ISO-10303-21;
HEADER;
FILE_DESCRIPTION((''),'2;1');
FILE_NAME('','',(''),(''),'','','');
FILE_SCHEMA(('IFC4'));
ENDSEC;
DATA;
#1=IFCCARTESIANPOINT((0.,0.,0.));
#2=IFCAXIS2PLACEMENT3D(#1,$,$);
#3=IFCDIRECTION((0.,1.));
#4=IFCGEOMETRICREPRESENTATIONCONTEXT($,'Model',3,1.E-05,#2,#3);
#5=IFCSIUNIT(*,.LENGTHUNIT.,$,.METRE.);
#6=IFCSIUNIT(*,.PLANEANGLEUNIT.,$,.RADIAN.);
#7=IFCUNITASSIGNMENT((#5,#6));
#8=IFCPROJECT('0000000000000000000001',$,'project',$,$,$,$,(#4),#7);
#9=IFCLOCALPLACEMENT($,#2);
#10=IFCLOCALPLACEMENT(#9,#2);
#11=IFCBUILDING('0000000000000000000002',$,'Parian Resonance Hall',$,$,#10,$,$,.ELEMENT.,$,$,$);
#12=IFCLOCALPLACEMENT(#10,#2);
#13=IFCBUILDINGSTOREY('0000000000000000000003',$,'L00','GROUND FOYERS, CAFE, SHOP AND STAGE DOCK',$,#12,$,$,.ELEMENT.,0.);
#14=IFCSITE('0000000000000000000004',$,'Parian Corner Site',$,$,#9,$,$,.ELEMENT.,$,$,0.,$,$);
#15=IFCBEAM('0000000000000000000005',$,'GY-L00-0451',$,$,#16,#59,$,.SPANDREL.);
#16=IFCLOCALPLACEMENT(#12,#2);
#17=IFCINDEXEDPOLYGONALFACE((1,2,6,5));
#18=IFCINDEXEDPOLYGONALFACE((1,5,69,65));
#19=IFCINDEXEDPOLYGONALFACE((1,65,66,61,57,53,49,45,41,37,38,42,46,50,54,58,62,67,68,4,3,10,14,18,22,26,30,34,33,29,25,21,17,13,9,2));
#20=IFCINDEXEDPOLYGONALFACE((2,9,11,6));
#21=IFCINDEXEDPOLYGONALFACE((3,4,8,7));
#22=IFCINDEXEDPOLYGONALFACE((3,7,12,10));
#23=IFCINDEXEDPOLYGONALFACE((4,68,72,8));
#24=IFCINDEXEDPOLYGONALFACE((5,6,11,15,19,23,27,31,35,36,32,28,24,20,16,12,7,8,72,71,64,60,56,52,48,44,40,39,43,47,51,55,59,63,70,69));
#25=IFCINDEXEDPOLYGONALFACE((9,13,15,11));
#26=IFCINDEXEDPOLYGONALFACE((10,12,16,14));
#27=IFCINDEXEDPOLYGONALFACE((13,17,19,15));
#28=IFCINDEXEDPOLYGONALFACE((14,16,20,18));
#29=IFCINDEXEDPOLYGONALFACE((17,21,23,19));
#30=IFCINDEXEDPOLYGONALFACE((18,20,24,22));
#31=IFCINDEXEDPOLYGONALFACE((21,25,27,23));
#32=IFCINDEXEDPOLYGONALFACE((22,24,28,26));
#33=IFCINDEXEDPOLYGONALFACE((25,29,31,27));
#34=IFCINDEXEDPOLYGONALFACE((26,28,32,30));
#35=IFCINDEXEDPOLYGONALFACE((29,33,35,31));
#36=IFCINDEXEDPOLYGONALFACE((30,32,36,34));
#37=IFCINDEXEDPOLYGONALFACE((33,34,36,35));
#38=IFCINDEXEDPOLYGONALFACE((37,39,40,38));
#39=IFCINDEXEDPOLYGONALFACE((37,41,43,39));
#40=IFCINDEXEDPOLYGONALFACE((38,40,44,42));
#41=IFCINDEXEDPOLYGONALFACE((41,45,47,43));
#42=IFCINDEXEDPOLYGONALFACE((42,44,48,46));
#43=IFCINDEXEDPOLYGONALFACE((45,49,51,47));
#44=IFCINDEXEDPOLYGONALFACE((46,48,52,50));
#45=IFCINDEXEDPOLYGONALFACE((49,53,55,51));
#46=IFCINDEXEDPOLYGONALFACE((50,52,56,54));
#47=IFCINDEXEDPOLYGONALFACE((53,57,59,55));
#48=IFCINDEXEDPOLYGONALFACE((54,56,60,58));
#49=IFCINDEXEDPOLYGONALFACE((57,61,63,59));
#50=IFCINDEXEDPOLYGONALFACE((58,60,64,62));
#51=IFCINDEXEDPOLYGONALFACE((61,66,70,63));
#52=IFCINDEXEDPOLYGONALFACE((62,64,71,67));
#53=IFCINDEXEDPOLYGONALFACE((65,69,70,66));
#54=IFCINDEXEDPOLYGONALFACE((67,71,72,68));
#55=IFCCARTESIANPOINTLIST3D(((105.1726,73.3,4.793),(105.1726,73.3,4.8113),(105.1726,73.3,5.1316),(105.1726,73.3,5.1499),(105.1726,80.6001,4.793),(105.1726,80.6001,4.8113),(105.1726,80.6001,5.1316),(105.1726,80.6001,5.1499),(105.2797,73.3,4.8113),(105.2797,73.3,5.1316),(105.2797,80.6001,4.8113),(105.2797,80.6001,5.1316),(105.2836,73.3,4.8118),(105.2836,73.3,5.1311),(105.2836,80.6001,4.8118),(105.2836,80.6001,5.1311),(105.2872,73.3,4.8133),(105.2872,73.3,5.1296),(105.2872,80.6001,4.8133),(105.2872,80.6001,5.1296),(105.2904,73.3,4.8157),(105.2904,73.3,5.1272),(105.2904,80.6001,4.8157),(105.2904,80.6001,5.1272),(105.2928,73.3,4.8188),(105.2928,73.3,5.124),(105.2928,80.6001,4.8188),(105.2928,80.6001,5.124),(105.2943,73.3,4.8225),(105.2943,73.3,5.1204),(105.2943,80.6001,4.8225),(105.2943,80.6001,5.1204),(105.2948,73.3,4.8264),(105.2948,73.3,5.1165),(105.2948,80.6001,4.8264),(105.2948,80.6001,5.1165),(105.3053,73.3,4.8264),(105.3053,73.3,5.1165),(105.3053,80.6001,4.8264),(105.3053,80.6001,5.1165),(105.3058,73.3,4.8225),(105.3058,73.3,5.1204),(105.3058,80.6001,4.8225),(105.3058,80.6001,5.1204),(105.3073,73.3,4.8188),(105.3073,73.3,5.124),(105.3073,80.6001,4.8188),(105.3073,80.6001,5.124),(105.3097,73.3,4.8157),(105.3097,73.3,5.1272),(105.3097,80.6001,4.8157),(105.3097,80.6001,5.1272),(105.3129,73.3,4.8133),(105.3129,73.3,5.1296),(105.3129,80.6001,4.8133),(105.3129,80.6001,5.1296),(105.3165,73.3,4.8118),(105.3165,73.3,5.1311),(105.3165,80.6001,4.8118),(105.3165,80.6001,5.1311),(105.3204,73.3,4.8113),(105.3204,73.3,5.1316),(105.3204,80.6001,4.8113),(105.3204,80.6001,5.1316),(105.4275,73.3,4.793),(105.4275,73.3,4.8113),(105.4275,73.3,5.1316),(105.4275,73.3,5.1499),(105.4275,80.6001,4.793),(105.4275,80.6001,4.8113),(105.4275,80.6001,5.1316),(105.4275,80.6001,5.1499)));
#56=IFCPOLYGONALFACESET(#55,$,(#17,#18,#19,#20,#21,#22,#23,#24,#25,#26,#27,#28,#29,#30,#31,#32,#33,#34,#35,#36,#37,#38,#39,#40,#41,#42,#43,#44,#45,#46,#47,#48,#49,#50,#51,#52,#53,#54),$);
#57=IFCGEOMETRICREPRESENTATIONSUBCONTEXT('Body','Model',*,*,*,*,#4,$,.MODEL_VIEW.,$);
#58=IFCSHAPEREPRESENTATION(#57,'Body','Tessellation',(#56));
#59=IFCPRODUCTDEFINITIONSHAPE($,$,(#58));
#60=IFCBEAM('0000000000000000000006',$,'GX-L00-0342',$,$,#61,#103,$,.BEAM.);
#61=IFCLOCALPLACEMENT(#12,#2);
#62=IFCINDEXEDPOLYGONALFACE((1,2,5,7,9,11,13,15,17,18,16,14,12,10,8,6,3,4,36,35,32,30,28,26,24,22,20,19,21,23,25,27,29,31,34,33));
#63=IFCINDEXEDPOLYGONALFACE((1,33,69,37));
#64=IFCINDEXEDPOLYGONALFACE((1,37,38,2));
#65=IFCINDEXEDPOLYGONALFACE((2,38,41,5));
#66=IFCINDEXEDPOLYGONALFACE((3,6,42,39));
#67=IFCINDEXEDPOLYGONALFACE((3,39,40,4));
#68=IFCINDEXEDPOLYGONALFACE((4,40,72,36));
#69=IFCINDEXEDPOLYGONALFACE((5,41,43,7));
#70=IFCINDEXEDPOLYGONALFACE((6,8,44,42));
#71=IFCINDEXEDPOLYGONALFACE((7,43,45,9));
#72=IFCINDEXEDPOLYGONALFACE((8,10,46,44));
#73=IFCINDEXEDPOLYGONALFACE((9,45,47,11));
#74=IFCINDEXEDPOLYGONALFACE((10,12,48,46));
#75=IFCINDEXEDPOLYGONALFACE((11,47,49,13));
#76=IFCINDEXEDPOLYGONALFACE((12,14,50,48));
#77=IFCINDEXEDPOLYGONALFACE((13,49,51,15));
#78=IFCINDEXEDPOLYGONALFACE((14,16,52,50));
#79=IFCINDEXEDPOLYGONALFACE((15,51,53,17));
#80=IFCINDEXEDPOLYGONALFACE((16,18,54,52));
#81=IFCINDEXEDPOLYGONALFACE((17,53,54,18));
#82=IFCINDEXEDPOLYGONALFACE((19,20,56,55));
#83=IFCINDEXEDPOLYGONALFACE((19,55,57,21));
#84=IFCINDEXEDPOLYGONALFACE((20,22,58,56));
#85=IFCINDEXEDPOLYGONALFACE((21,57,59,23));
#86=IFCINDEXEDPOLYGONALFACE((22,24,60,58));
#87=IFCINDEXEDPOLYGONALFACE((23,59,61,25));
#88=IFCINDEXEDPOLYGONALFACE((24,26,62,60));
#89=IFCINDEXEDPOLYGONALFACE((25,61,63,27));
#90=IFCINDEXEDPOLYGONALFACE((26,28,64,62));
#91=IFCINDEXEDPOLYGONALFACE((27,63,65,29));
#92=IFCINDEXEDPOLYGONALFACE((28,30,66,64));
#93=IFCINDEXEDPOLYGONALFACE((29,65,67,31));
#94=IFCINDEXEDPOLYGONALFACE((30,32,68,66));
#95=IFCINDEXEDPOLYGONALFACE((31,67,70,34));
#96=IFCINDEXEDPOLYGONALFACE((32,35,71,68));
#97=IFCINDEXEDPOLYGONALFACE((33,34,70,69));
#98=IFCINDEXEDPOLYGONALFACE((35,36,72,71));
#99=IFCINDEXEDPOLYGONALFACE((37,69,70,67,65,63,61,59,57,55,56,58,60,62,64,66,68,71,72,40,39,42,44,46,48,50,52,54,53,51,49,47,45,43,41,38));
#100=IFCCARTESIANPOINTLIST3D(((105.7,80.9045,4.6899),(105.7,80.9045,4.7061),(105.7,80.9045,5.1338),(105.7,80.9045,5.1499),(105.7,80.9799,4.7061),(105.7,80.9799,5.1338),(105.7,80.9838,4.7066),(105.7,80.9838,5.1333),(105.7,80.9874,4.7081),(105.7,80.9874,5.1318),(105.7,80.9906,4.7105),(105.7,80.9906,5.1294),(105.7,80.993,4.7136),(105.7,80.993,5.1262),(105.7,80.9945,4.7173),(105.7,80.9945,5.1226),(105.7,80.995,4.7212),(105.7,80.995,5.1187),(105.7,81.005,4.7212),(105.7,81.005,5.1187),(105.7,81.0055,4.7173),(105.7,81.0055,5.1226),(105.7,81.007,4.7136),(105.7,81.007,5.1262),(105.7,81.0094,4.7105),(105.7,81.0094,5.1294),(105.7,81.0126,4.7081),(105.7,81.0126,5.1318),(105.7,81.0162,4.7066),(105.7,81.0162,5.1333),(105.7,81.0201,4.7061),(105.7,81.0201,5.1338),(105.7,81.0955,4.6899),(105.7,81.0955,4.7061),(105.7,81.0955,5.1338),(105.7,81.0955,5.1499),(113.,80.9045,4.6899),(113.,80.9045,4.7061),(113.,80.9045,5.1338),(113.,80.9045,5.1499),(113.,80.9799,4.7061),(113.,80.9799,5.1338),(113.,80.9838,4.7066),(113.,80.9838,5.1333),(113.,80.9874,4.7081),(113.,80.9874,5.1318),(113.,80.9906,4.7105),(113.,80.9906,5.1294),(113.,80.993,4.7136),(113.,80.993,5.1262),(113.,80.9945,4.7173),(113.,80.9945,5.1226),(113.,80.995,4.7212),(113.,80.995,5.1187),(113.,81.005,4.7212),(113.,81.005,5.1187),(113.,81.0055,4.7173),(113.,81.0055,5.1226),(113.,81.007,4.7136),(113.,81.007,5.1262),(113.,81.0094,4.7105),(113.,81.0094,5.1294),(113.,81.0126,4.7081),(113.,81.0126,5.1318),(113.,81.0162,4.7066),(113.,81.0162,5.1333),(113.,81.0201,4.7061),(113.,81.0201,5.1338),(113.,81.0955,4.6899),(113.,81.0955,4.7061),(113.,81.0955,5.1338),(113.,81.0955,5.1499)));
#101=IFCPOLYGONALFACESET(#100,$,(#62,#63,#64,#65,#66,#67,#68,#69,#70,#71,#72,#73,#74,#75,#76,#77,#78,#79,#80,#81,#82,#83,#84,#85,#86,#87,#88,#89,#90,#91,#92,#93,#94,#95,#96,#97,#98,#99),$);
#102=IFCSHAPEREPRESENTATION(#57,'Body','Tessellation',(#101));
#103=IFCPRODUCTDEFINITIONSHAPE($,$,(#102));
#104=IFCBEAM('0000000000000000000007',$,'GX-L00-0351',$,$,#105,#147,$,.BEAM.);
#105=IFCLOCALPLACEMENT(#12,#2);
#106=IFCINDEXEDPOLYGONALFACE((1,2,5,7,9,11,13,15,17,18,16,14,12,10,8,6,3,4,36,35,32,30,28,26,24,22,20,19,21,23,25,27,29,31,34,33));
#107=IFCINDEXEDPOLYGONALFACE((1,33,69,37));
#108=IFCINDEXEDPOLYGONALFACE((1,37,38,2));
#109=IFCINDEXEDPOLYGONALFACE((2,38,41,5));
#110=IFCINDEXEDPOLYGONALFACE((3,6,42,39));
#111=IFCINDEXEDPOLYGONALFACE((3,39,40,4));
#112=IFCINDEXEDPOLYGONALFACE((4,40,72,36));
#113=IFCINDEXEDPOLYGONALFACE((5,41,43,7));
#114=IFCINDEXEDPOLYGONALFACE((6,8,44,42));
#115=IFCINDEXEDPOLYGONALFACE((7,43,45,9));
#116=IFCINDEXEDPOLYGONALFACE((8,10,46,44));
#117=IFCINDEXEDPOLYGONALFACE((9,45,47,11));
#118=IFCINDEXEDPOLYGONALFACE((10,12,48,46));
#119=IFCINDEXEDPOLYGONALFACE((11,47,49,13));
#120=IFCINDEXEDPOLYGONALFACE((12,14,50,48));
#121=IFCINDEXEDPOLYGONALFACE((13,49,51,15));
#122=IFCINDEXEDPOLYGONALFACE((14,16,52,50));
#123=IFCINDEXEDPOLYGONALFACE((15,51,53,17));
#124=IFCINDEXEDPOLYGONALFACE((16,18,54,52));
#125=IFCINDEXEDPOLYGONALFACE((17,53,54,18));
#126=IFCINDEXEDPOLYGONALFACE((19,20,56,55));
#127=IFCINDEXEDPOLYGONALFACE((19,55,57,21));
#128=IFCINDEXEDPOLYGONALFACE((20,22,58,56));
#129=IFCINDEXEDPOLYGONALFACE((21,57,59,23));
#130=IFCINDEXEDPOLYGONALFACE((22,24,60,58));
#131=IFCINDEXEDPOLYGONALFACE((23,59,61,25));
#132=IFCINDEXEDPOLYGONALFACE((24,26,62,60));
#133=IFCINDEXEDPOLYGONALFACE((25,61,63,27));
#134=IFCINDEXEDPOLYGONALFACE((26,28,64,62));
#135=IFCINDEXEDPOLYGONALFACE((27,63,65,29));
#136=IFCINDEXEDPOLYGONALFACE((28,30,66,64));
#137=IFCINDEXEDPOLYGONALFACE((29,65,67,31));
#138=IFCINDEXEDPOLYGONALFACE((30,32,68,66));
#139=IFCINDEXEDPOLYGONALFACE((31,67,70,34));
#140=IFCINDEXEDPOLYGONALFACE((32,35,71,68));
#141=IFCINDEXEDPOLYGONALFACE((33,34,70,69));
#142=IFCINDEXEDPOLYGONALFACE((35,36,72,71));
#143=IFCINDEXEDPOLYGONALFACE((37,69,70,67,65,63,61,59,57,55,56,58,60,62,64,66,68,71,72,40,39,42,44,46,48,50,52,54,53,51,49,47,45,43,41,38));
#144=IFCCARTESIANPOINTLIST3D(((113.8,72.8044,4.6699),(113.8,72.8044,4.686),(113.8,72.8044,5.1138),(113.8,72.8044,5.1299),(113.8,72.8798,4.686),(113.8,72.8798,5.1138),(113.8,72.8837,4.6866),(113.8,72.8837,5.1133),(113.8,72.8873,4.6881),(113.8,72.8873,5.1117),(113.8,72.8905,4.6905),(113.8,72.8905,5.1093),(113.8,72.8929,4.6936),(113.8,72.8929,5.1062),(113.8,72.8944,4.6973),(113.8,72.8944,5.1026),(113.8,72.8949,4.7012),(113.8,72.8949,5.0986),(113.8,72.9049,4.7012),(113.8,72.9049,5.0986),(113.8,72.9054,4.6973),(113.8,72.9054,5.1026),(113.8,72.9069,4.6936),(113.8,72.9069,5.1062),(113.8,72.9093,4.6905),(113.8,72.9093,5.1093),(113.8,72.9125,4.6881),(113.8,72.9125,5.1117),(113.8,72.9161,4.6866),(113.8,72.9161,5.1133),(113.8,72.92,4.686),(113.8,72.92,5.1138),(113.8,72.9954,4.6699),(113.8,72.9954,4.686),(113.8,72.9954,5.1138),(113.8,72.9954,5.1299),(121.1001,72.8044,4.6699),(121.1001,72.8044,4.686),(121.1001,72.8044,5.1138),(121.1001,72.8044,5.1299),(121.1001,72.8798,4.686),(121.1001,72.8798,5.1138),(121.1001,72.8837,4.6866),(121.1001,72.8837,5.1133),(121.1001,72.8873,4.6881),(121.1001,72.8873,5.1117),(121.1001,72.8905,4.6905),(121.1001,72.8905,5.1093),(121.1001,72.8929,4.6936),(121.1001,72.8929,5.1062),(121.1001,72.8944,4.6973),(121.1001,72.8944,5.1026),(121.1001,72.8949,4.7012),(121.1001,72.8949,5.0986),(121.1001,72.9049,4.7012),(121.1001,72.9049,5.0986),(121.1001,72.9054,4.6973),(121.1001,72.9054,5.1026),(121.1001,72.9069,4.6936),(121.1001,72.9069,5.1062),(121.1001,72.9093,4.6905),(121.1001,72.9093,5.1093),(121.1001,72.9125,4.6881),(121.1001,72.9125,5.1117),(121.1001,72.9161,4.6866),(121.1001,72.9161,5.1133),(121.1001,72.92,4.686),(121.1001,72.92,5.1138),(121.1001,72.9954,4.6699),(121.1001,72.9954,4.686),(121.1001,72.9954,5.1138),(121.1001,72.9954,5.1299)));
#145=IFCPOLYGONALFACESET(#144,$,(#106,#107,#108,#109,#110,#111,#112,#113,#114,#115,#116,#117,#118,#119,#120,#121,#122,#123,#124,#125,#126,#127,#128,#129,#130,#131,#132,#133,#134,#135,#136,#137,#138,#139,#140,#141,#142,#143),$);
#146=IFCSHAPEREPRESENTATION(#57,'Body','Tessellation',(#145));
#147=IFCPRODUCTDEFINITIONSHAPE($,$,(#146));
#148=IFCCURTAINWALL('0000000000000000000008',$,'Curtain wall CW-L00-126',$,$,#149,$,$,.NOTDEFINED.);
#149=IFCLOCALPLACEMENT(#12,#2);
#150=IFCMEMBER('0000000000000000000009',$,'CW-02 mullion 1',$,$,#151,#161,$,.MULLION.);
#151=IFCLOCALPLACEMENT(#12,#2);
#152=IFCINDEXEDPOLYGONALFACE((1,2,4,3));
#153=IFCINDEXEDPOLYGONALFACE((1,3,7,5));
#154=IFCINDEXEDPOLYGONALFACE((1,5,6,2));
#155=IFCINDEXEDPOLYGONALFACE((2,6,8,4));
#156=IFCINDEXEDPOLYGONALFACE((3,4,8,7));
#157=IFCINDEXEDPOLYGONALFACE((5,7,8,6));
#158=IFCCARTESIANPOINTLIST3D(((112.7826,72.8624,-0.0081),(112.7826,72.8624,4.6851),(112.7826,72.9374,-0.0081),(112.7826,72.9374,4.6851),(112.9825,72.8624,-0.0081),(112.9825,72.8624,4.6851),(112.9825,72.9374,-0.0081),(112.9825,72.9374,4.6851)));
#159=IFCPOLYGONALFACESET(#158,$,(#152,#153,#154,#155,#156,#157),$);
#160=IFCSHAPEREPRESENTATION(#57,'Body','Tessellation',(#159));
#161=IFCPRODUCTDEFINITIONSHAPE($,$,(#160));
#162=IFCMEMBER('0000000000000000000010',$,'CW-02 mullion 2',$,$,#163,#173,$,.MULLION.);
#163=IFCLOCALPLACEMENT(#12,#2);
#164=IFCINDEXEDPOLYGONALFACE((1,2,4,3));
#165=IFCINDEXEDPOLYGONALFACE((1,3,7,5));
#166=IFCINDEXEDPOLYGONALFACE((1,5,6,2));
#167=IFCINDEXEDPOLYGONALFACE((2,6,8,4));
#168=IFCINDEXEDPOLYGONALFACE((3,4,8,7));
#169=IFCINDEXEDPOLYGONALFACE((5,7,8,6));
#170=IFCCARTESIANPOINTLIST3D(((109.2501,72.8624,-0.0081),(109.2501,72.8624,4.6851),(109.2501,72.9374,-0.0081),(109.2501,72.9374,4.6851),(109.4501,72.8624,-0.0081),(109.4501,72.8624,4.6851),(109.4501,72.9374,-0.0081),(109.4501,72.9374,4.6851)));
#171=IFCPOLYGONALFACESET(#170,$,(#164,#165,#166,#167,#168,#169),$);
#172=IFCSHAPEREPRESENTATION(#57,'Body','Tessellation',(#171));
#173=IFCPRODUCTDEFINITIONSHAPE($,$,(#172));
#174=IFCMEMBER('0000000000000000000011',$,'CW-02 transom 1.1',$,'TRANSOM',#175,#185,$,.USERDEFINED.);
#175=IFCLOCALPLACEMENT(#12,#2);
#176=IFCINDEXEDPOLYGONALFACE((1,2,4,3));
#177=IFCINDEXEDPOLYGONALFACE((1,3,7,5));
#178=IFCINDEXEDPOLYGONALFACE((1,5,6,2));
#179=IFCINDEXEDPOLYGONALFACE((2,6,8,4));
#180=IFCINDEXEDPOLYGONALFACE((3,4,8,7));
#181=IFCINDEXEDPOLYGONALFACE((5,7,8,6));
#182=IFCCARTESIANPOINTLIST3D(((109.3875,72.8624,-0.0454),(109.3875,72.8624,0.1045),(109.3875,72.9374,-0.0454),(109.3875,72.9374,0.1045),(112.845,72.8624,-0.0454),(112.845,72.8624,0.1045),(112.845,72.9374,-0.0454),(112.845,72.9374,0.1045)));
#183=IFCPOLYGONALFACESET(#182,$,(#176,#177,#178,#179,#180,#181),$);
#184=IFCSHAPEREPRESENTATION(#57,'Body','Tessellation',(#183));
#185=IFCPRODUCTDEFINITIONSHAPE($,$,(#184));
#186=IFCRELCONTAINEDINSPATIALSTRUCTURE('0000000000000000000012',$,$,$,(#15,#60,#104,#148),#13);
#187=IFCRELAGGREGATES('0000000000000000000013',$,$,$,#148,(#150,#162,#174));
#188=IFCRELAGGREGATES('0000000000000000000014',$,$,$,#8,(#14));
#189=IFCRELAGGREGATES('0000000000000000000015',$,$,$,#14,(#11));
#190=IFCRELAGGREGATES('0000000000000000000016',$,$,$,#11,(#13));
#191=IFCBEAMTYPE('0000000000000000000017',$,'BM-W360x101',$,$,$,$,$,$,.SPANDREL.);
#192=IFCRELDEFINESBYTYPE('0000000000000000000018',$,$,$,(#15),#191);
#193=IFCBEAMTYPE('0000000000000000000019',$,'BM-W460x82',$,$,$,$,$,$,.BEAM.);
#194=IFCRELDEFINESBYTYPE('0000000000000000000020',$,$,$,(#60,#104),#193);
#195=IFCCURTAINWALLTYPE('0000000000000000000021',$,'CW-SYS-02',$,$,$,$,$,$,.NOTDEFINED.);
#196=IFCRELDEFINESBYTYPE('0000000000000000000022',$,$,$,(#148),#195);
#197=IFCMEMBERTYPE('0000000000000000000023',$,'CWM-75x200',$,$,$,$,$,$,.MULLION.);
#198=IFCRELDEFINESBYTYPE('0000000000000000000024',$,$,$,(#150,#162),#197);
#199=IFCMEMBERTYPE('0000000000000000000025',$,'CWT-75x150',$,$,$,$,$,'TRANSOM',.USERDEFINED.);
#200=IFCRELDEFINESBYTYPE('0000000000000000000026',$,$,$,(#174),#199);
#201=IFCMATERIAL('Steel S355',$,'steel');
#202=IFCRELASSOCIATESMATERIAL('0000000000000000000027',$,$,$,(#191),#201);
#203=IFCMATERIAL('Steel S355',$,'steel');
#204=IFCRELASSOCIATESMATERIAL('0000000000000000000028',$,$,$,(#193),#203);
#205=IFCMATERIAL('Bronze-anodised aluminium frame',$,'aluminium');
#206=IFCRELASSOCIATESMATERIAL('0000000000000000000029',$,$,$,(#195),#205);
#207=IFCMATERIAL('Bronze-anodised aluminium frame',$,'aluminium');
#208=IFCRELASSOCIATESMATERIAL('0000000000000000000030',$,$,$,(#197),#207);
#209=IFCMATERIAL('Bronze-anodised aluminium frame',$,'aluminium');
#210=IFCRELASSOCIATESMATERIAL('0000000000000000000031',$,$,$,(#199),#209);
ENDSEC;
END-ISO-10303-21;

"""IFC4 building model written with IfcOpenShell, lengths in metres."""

from ifc_helpers import new_model, si_unit, direction, frame, origin, origin_2d, place, context, subcontext, project, spatial, rectangle, i_section, extrude, material, material_profile, profile_set, type_object, element, aggregate, save


model = new_model("IFC4")

# Units and contexts
model_context = context("Model", 3, precision=1e-05, world=origin(), true_north=direction((0.0, 1.0)))
body_context = subcontext(model_context, "Body", "Model", "MODEL_VIEW")
ifc_project = project(units=[si_unit("LENGTHUNIT", "METRE"), si_unit("PLANEANGLEUNIT", "RADIAN")], contexts=[model_context])

# Site, building, storey
site_placement = place(None, origin())
site = spatial("IfcSite", under=ifc_project, at=site_placement, Name="Parian Corner Site", CompositionType="ELEMENT", RefElevation=0.0)
building_placement = place(site_placement, origin())
building = spatial("IfcBuilding", under=site, at=building_placement, Name="Parian Resonance Hall", CompositionType="ELEMENT")
storey_placement = place(building_placement, origin())
storey = spatial("IfcBuildingStorey", under=building, at=storey_placement, Name="L00", Description="GROUND FOYERS, CAFE, SHOP AND STAGE DOCK", CompositionType="ELEMENT", Elevation=0.0)

# Beams
ifc_material_1 = material(Name="Steel S355", Category="steel")
ifc_material_profile_1 = material_profile(ifc_material_1, i_section(OverallWidth=0.2549, OverallDepth=0.3569, WebThickness=0.0105, FlangeThickness=0.0183, FilletRadius=0.0151, at=origin_2d()), Name="W360x101")
ifc_profile_set_1 = profile_set([ifc_material_profile_1], Name="Steel S355")
beam_type_1 = type_object("IfcBeamType", Name="BM-W360x101", PredefinedType="SPANDREL", material=ifc_profile_set_1)
beam_1_placement = place(storey_placement, frame((105.3, 73.3, 4.9714), z_axis=(0.0, 1.0, 0.0), x_axis=(-1.0, 0.0, 0.0)))
element("IfcBeam", 1, at=beam_1_placement, inside=storey, type_object=beam_type_1, Name="GY-L00-0451", PredefinedType="SPANDREL", context=body_context, shape_type="SweptSolid", body=[
    extrude(i_section(OverallWidth=0.2549, OverallDepth=0.3569, WebThickness=0.0105, FlangeThickness=0.0183, FilletRadius=0.0151, at=origin_2d()), origin(), (0.0, 0.0, 1.0), 7.3),
])
ifc_material_2 = material(Name="Steel S355", Category="steel")
ifc_material_profile_2 = material_profile(ifc_material_2, i_section(OverallWidth=0.1909, OverallDepth=0.46, WebThickness=0.01, FlangeThickness=0.0161, FilletRadius=0.0151, at=origin_2d()), Name="W460x82")
ifc_profile_set_2 = profile_set([ifc_material_profile_2], Name="Steel S355")
beam_type_2 = type_object("IfcBeamType", Name="BM-W460x82", PredefinedType="BEAM", material=ifc_profile_set_2)
for number, where, z_axis, x_axis, name in (
    (2, (105.7, 81.0, 4.9199), (1.0, 0.0, 0.0), (0.0, 1.0, 0.0), "GX-L00-0342"),
    (3, (113.8, 72.8999, 4.8999), (1.0, 0.0, 0.0), (0.0, 1.0, 0.0), "GX-L00-0351"),
):
    element("IfcBeam", number, at=place(storey_placement, frame(where, z_axis=z_axis, x_axis=x_axis)), inside=storey, type_object=beam_type_2, Name=name, PredefinedType="BEAM", context=body_context, shape_type="SweptSolid", body=[
        extrude(i_section(OverallWidth=0.1909, OverallDepth=0.46, WebThickness=0.01, FlangeThickness=0.0161, FilletRadius=0.0151, at=origin_2d()), origin(), (0.0, 0.0, 1.0), 7.3),
    ])

# Curtain wall, members
ifc_material_3 = material(Name="Bronze-anodised aluminium frame", Category="aluminium")
curtain_wall_type = type_object("IfcCurtainWallType", Name="CW-SYS-02", PredefinedType="NOTDEFINED", material=ifc_material_3)
curtain_wall_placement = place(storey_placement, origin())
curtain_wall = element("IfcCurtainWall", 4, at=curtain_wall_placement, inside=storey, type_object=curtain_wall_type, Name="Curtain wall CW-L00-126", PredefinedType="NOTDEFINED")
ifc_material_4 = material(Name="Bronze-anodised aluminium frame", Category="aluminium")
ifc_material_profile_3 = material_profile(ifc_material_4, rectangle(XDim=0.075, YDim=0.2, at=origin_2d()), Name="CWM-75x200")
ifc_profile_set_3 = profile_set([ifc_material_profile_3], Name="Bronze-anodised aluminium frame")
member_type_1 = type_object("IfcMemberType", Name="CWM-75x200", PredefinedType="MULLION", material=ifc_profile_set_3)
member_1_placement = place(storey_placement, frame((112.8826, 72.8999, -0.0081), z_axis=(0.0, 0.0, 1.0), x_axis=(0.0, -1.0, 0.0)))
member_1 = element("IfcMember", 5, at=member_1_placement, type_object=member_type_1, Name="CW-02 mullion 1", PredefinedType="MULLION", context=body_context, shape_type="SweptSolid", body=[
    extrude(rectangle(XDim=0.075, YDim=0.2, at=origin_2d()), origin(), (0.0, 0.0, 1.0), 4.6931),
])
member_2_placement = place(storey_placement, frame((109.3501, 72.8999, -0.0081), z_axis=(0.0, 0.0, 1.0), x_axis=(0.0, -1.0, 0.0)))
member_2 = element("IfcMember", 6, at=member_2_placement, type_object=member_type_1, Name="CW-02 mullion 2", PredefinedType="MULLION", context=body_context, shape_type="SweptSolid", body=[
    extrude(rectangle(XDim=0.075, YDim=0.2, at=origin_2d()), origin(), (0.0, 0.0, 1.0), 4.6931),
])
ifc_material_5 = material(Name="Bronze-anodised aluminium frame", Category="aluminium")
ifc_material_profile_4 = material_profile(ifc_material_5, rectangle(XDim=0.075, YDim=0.1499, at=origin_2d()), Name="CWT-75x150")
ifc_profile_set_4 = profile_set([ifc_material_profile_4], Name="Bronze-anodised aluminium frame")
member_type_2 = type_object("IfcMemberType", Name="CWT-75x150", ElementType="TRANSOM", PredefinedType="USERDEFINED", material=ifc_profile_set_4)
member_3_placement = place(storey_placement, frame((112.845, 72.8999, 0.0295), z_axis=(-1.0, 0.0, 0.0), x_axis=(0.0, -1.0, 0.0)))
member_3 = element("IfcMember", 7, at=member_3_placement, type_object=member_type_2, Name="CW-02 transom 1.1", ObjectType="TRANSOM", PredefinedType="USERDEFINED", context=body_context, shape_type="SweptSolid", body=[
    extrude(rectangle(XDim=0.075, YDim=0.1499, at=origin_2d()), origin(), (0.0, 0.0, 1.0), 3.4575),
])
aggregate(curtain_wall, [member_1, member_2, member_3])

save(model, "model.ifc")
